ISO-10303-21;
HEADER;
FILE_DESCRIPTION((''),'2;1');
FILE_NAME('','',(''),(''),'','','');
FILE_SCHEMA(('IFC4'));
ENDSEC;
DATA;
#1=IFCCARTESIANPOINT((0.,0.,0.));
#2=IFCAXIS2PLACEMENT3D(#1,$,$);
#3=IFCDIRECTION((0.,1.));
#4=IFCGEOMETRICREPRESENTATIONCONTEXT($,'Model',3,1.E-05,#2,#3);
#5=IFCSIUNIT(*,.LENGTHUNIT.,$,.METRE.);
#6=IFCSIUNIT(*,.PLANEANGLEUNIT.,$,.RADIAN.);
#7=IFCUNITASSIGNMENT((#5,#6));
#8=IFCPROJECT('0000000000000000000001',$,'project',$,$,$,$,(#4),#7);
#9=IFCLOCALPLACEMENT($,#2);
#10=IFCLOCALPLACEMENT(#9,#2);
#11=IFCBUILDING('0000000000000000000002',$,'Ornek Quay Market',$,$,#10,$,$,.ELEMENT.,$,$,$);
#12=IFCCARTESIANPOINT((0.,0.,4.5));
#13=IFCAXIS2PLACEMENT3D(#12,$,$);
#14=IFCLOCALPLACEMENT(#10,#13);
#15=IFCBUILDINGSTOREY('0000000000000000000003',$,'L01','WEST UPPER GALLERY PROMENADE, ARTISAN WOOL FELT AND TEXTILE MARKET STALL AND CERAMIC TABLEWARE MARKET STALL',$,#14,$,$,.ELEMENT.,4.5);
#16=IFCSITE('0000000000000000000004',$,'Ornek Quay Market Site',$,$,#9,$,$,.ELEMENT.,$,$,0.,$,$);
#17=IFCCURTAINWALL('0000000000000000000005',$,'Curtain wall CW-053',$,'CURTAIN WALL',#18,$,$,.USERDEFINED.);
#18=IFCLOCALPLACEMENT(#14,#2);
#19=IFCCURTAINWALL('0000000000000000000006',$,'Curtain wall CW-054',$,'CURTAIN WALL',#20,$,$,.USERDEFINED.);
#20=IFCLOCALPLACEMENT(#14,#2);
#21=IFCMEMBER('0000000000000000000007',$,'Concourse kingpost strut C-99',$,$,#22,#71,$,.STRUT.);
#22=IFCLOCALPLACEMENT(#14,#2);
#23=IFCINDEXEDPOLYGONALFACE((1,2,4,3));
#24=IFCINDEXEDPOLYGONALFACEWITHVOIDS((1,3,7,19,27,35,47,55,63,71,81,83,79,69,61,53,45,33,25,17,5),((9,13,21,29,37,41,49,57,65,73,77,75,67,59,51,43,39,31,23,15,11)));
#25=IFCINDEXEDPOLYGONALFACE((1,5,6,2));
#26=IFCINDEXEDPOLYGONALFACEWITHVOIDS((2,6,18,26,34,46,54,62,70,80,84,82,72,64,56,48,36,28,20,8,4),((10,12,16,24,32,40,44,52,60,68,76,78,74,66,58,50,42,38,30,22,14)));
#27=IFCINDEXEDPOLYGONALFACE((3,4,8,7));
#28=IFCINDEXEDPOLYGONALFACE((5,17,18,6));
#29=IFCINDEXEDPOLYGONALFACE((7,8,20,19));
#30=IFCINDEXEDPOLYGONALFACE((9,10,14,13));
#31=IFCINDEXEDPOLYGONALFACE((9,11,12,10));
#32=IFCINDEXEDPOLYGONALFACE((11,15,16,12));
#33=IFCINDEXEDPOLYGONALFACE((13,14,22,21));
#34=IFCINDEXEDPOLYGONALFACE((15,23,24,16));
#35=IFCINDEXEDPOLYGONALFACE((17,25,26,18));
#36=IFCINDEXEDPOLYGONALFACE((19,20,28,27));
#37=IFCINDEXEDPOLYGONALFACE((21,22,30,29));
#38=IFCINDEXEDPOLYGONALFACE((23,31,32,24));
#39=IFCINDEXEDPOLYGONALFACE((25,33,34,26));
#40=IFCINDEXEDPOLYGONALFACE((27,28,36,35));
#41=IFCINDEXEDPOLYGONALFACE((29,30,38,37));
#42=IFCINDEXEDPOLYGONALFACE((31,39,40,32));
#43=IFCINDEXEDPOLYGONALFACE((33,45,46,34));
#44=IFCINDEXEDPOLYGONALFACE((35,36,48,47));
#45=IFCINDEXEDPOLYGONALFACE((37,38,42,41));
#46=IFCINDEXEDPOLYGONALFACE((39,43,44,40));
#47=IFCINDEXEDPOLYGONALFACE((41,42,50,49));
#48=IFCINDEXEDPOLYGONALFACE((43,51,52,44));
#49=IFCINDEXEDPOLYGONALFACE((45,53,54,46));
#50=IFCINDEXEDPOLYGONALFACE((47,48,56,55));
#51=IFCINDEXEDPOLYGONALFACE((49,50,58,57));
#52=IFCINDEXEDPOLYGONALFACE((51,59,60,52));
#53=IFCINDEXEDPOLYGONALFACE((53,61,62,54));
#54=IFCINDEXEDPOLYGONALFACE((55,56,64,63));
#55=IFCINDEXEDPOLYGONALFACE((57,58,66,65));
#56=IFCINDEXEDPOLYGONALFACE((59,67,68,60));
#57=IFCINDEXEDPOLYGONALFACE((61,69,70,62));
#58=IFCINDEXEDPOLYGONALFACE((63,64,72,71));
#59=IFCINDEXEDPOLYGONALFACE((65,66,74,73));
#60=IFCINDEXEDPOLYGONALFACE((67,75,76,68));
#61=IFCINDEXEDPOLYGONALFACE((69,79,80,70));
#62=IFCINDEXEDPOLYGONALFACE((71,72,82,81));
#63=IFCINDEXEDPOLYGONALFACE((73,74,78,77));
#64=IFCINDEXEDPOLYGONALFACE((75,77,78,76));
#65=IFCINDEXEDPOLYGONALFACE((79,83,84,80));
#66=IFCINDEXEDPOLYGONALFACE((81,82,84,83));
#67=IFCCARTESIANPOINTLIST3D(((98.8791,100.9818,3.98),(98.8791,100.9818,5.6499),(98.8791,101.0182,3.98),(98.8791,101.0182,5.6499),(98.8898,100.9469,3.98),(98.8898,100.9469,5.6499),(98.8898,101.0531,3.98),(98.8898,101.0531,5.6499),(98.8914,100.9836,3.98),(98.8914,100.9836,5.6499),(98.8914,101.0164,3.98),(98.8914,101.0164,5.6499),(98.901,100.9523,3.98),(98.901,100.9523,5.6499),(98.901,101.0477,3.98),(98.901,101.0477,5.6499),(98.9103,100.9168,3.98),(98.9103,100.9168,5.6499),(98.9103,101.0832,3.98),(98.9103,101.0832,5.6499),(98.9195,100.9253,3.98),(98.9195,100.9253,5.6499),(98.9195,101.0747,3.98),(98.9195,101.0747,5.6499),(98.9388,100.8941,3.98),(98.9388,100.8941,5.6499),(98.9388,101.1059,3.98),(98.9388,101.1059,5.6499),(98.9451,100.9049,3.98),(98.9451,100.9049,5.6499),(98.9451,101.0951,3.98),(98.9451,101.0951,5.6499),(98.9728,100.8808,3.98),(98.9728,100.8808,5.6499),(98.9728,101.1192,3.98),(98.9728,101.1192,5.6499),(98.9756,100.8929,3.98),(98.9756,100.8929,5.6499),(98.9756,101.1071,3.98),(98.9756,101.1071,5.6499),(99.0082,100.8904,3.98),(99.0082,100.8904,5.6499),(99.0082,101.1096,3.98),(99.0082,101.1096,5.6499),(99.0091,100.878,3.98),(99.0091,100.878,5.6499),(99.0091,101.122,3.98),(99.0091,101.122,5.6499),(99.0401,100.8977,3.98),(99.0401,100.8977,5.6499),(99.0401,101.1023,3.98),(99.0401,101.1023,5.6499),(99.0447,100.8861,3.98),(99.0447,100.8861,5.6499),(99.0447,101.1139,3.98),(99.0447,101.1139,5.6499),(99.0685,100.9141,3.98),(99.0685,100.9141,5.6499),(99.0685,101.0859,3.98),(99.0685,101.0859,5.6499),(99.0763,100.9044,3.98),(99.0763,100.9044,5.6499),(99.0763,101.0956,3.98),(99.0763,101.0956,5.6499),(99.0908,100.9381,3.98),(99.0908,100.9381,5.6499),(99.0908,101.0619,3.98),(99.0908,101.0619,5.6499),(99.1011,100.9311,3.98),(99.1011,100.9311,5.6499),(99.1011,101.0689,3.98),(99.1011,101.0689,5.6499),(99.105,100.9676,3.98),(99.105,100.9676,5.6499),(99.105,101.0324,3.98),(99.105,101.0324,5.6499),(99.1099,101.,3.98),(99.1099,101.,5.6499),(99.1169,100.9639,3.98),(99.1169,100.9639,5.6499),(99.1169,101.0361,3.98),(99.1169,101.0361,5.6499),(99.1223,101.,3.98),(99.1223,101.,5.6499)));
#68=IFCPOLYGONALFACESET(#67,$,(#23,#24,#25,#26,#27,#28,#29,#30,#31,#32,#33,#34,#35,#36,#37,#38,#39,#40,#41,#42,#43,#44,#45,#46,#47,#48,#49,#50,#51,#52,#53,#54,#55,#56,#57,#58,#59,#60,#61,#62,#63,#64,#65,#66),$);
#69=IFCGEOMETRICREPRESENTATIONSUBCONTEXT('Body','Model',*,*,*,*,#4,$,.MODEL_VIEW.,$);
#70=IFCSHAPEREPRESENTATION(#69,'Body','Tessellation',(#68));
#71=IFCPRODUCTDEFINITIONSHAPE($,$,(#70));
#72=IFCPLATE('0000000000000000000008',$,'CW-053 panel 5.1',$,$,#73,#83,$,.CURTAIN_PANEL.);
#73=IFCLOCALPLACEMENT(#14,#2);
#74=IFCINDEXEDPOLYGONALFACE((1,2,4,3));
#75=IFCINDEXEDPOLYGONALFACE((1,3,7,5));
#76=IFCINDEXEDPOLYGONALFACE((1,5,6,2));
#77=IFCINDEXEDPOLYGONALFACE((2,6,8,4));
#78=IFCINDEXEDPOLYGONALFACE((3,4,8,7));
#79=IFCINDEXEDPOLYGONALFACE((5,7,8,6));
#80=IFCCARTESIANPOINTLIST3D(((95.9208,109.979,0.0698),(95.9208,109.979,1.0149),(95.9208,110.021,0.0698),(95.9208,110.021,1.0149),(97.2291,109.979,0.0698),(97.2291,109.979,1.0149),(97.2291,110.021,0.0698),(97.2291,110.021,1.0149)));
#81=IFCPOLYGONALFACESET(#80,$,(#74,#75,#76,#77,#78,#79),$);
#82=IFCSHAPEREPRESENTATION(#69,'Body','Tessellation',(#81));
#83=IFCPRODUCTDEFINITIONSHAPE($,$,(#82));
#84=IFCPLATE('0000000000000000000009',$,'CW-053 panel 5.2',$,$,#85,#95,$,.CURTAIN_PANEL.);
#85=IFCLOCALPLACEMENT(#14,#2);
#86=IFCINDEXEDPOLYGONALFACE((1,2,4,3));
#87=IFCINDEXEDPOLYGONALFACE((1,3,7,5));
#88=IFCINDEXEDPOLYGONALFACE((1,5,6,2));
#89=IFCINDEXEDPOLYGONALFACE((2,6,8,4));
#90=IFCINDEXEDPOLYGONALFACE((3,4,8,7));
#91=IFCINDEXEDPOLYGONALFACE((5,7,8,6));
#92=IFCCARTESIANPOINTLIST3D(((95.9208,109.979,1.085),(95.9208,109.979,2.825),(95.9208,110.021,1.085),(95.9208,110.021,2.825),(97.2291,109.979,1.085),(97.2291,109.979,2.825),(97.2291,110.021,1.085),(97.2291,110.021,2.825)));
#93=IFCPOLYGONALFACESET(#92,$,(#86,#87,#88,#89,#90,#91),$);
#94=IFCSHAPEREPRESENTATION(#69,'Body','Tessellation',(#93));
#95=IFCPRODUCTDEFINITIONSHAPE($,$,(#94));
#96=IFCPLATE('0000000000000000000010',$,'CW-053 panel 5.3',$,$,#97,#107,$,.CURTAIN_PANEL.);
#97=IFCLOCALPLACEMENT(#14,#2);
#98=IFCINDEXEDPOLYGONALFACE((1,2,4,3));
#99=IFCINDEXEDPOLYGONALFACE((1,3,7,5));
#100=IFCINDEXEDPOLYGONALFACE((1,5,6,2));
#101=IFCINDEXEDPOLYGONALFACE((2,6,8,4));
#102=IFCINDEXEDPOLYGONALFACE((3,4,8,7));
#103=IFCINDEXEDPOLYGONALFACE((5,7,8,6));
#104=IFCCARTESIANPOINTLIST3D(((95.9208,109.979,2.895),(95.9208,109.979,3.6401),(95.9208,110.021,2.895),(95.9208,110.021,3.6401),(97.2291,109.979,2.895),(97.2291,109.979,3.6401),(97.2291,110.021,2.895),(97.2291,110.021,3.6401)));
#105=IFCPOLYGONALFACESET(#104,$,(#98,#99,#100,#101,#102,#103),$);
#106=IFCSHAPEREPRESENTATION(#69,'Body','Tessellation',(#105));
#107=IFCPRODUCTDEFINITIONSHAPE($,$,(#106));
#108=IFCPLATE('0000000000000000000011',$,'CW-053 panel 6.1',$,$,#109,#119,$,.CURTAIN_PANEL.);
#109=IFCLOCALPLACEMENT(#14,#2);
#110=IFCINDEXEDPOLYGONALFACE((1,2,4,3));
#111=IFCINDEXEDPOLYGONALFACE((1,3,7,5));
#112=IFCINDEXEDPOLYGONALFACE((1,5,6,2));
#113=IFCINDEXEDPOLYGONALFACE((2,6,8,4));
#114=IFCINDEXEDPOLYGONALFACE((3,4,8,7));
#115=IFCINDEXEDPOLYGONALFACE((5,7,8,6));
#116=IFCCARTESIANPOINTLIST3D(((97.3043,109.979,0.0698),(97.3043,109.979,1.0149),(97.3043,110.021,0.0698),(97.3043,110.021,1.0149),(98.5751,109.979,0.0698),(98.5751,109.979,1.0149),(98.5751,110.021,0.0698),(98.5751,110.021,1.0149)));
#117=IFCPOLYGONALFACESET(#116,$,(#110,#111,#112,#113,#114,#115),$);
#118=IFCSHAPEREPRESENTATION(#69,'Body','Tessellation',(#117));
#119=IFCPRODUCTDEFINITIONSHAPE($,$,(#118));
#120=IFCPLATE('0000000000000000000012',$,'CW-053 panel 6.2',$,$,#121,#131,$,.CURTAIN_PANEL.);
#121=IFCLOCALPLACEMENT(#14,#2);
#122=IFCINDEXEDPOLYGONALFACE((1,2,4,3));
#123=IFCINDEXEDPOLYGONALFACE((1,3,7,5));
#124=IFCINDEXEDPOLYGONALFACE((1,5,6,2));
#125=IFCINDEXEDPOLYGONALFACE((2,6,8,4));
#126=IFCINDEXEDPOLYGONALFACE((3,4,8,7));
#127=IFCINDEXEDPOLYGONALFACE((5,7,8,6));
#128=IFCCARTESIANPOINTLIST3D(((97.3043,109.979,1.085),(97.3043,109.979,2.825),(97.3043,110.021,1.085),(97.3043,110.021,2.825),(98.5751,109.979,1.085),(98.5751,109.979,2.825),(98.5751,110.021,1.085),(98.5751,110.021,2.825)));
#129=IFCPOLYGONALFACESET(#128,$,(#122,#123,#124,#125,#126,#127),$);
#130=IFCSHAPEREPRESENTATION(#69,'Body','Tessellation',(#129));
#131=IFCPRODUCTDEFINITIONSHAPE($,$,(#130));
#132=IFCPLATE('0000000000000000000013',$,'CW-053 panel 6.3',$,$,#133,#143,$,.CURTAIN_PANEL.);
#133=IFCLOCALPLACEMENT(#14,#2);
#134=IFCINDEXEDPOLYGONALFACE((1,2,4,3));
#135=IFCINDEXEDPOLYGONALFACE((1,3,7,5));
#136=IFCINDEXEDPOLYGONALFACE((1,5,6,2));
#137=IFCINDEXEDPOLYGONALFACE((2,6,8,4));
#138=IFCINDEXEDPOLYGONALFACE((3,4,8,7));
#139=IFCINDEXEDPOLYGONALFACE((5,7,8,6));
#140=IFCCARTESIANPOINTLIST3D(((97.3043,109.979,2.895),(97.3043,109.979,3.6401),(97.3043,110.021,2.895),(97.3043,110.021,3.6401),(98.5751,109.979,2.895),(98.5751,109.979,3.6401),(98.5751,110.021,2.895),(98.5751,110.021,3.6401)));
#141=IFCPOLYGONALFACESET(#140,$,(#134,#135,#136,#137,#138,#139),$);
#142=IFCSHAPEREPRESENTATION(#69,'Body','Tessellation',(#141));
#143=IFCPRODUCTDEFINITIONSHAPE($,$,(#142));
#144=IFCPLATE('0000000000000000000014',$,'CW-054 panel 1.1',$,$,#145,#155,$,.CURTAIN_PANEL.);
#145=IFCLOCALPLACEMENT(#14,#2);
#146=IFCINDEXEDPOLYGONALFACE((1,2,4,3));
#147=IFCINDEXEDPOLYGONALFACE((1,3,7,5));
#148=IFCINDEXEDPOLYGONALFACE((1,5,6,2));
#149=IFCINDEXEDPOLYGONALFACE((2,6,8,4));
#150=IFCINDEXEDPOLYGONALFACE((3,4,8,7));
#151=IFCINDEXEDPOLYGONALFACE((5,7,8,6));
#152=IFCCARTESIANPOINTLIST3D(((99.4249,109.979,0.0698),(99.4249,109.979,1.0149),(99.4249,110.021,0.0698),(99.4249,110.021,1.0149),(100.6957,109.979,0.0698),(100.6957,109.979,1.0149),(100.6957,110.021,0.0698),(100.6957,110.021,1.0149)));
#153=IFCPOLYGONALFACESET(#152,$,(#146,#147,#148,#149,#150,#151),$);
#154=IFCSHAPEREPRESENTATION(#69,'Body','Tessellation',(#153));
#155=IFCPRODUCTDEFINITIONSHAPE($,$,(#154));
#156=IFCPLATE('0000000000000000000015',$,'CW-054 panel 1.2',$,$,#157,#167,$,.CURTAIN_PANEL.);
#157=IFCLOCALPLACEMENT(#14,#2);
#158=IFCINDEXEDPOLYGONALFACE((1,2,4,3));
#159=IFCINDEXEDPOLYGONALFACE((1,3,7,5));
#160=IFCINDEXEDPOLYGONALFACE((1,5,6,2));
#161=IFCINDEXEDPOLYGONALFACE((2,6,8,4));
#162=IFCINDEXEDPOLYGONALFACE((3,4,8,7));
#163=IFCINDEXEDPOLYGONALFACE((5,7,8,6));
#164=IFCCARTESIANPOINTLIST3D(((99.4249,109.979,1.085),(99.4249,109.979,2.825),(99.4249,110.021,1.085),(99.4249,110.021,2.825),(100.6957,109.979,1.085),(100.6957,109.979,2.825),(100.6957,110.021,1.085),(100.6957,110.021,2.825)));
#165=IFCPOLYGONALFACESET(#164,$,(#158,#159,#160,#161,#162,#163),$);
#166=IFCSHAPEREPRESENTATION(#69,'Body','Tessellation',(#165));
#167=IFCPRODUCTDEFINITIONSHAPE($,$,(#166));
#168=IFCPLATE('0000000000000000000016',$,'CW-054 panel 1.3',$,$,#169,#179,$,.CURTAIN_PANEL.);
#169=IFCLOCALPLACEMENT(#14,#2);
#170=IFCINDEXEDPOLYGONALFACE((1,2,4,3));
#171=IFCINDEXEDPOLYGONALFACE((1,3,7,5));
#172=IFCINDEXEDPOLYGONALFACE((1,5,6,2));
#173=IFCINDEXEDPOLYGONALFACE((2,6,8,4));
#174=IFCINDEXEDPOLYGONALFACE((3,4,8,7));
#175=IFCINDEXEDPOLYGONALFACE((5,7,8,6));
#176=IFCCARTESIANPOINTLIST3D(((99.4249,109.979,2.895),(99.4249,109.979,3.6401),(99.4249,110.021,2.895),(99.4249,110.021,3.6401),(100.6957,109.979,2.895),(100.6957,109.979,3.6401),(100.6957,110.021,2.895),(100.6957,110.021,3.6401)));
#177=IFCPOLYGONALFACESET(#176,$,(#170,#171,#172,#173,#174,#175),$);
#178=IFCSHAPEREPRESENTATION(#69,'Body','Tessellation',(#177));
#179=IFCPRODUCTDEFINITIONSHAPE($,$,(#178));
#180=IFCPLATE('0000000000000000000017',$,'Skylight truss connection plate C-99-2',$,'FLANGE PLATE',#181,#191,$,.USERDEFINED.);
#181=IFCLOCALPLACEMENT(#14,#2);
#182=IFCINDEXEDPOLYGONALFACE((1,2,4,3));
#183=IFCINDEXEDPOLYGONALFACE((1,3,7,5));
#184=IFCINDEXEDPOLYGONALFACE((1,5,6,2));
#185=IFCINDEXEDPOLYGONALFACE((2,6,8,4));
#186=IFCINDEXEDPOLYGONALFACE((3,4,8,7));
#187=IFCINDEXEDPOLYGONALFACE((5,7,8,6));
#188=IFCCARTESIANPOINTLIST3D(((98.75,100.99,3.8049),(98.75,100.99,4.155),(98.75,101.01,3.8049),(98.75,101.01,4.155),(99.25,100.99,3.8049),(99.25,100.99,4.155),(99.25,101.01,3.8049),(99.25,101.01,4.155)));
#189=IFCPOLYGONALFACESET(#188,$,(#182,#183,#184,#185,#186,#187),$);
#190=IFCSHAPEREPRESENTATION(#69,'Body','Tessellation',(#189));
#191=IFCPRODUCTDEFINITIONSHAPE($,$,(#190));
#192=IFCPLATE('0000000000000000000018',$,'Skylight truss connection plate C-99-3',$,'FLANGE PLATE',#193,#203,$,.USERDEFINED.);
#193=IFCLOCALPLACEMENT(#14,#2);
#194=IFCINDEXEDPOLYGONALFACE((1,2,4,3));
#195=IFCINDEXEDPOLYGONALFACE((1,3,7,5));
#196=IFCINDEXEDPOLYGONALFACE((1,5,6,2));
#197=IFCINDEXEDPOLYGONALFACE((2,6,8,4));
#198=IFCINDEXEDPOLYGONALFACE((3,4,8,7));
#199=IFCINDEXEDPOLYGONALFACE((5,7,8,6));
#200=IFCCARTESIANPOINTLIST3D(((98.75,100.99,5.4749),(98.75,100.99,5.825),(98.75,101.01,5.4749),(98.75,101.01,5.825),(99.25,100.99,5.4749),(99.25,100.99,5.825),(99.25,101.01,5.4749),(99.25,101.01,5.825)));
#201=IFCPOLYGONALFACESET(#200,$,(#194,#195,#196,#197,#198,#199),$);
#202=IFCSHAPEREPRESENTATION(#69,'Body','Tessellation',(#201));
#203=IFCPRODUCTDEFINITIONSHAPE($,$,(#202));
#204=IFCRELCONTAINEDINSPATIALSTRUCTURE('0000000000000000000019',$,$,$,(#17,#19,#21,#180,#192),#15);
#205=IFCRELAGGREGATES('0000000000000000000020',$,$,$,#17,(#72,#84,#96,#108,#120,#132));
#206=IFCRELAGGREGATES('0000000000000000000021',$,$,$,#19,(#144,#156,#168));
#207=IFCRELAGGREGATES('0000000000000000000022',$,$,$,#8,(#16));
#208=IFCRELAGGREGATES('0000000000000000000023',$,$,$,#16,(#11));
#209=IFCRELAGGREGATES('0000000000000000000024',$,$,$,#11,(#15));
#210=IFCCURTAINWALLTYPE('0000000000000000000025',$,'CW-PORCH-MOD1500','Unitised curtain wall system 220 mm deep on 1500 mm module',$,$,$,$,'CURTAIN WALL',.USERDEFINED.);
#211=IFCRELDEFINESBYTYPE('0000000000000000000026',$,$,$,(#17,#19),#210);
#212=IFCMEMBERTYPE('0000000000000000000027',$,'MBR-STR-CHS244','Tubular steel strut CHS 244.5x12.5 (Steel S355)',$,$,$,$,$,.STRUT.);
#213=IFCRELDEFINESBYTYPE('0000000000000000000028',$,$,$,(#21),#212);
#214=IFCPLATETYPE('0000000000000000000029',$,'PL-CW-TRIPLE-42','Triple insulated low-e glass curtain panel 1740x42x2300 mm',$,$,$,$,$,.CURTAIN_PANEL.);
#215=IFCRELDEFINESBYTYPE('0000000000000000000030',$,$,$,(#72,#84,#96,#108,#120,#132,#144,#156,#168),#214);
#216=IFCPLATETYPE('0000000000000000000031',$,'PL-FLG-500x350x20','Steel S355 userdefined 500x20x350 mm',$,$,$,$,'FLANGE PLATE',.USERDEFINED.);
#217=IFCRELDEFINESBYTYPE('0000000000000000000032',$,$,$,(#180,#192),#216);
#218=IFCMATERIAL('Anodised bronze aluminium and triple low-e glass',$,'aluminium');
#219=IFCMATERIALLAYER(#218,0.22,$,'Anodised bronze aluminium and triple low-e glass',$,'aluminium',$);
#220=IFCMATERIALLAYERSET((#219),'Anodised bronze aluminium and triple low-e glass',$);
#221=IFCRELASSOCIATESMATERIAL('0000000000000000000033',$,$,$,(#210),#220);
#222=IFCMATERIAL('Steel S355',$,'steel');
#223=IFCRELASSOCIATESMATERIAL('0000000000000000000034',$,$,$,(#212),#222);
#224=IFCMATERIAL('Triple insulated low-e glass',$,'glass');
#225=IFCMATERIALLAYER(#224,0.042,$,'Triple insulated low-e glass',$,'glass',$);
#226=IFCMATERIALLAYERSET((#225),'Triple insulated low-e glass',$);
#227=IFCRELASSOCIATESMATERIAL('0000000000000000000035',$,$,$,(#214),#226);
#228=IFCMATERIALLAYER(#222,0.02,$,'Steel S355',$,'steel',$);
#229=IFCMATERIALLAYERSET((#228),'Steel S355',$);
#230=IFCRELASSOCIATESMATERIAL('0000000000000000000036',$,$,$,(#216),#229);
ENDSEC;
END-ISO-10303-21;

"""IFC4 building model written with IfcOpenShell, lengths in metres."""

from ifc_helpers import new_model, si_unit, direction, frame, origin, origin_2d, place, context, subcontext, project, spatial, rectangle, hollow_circle, extrude, material, layer, layer_set, material_profile, profile_set, type_object, element, aggregate, save


model = new_model("IFC4")

# Units and contexts
model_context = context("Model", 3, precision=1e-05, world=origin(), true_north=direction((0.0, 1.0)))
body_context = subcontext(model_context, "Body", "Model", "MODEL_VIEW")
ifc_project = project(units=[si_unit("LENGTHUNIT", "METRE"), si_unit("PLANEANGLEUNIT", "RADIAN")], contexts=[model_context])

# Site, building, storey
site_placement = place(None, origin())
site = spatial("IfcSite", under=ifc_project, at=site_placement, Name="Ornek Quay Market Site", CompositionType="ELEMENT", RefElevation=0.0)
building_placement = place(site_placement, origin())
building = spatial("IfcBuilding", under=site, at=building_placement, Name="Ornek Quay Market", CompositionType="ELEMENT")
storey_placement = place(building_placement, frame((0.0, 0.0, 4.5)))
storey = spatial("IfcBuildingStorey", under=building, at=storey_placement, Name="L01", Description="WEST UPPER GALLERY PROMENADE, ARTISAN WOOL FELT AND TEXTILE MARKET STALL AND CERAMIC TABLEWARE MARKET STALL", CompositionType="ELEMENT", Elevation=4.5)

# Curtain walls
ifc_material_1 = material(Name="Anodised bronze aluminium and triple low-e glass", Category="aluminium")
ifc_layer_1 = layer(ifc_material_1, 0.22, Name="Anodised bronze aluminium and triple low-e glass", Category="aluminium")
ifc_layer_set_1 = layer_set([ifc_layer_1], Name="Anodised bronze aluminium and triple low-e glass")
curtain_wall_type = type_object("IfcCurtainWallType", Name="CW-PORCH-MOD1500", Description="Unitised curtain wall system 220 mm deep on 1500 mm module", ElementType="CURTAIN WALL", PredefinedType="USERDEFINED", material=ifc_layer_set_1)
curtain_wall_1_placement = place(storey_placement, origin())
curtain_wall_1 = element("IfcCurtainWall", 1, at=curtain_wall_1_placement, inside=storey, type_object=curtain_wall_type, Name="Curtain wall CW-053", ObjectType="CURTAIN WALL", PredefinedType="USERDEFINED")
curtain_wall_2_placement = place(storey_placement, origin())
curtain_wall_2 = element("IfcCurtainWall", 2, at=curtain_wall_2_placement, inside=storey, type_object=curtain_wall_type, Name="Curtain wall CW-054", ObjectType="CURTAIN WALL", PredefinedType="USERDEFINED")

# Member
ifc_material_2 = material(Name="Steel S355", Category="steel")
ifc_material_profile_1 = material_profile(ifc_material_2, hollow_circle(Radius=0.1223, WallThickness=0.0125, at=origin_2d()), Name="CHS 244.5x12.5", Category="steel")
ifc_profile_set_1 = profile_set([ifc_material_profile_1], Name="Steel S355")
member_type_1 = type_object("IfcMemberType", Name="MBR-STR-CHS244", Description="Tubular steel strut CHS 244.5x12.5 (Steel S355)", PredefinedType="STRUT", material=ifc_profile_set_1)
member_1_placement = place(storey_placement, frame((99.0, 101.0, 3.98), z_axis=(0.0, 0.0, 1.0), x_axis=(1.0, 0.0, 0.0)))
element("IfcMember", 3, at=member_1_placement, inside=storey, type_object=member_type_1, Name="Concourse kingpost strut C-99", PredefinedType="STRUT", context=body_context, shape_type="SweptSolid", body=[
    extrude(hollow_circle(Radius=0.1223, WallThickness=0.0125, at=origin_2d()), origin(), (0.0, 0.0, 1.0), 1.6699),
])

# Plates
ifc_material_3 = material(Name="Triple insulated low-e glass", Category="glass")
ifc_layer_2 = layer(ifc_material_3, 0.042, Name="Triple insulated low-e glass", Category="glass")
ifc_layer_set_2 = layer_set([ifc_layer_2], Name="Triple insulated low-e glass")
plate_type_1 = type_object("IfcPlateType", Name="PL-CW-TRIPLE-42", Description="Triple insulated low-e glass curtain panel 1740x42x2300 mm", PredefinedType="CURTAIN_PANEL", material=ifc_layer_set_2)
plate_1_placement = place(storey_placement, frame((96.575, 110.0, 0.0698), z_axis=(0.0, 0.0, 1.0), x_axis=(1.0, 0.0, 0.0)))
plate_1 = element("IfcPlate", 4, at=plate_1_placement, type_object=plate_type_1, Name="CW-053 panel 5.1", PredefinedType="CURTAIN_PANEL", context=body_context, shape_type="SweptSolid", body=[
    extrude(rectangle(XDim=1.3083, YDim=0.042, at=origin_2d()), origin(), (0.0, 0.0, 1.0), 0.9451),
])
plate_2_placement = place(storey_placement, frame((96.575, 110.0, 1.085), z_axis=(0.0, 0.0, 1.0), x_axis=(1.0, 0.0, 0.0)))
plate_2 = element("IfcPlate", 5, at=plate_2_placement, type_object=plate_type_1, Name="CW-053 panel 5.2", PredefinedType="CURTAIN_PANEL", context=body_context, shape_type="SweptSolid", body=[
    extrude(rectangle(XDim=1.3083, YDim=0.042, at=origin_2d()), origin(), (0.0, 0.0, 1.0), 1.74),
])
plate_3_placement = place(storey_placement, frame((96.575, 110.0, 2.895), z_axis=(0.0, 0.0, 1.0), x_axis=(1.0, 0.0, 0.0)))
plate_3 = element("IfcPlate", 6, at=plate_3_placement, type_object=plate_type_1, Name="CW-053 panel 5.3", PredefinedType="CURTAIN_PANEL", context=body_context, shape_type="SweptSolid", body=[
    extrude(rectangle(XDim=1.3083, YDim=0.042, at=origin_2d()), origin(), (0.0, 0.0, 1.0), 0.7451),
])
plate_4_placement = place(storey_placement, frame((97.9397, 110.0, 0.0698), z_axis=(0.0, 0.0, 1.0), x_axis=(1.0, 0.0, 0.0)))
plate_4 = element("IfcPlate", 7, at=plate_4_placement, type_object=plate_type_1, Name="CW-053 panel 6.1", PredefinedType="CURTAIN_PANEL", context=body_context, shape_type="SweptSolid", body=[
    extrude(rectangle(XDim=1.2708, YDim=0.042, at=origin_2d()), origin(), (0.0, 0.0, 1.0), 0.9451),
])
plate_5_placement = place(storey_placement, frame((97.9397, 110.0, 1.085), z_axis=(0.0, 0.0, 1.0), x_axis=(1.0, 0.0, 0.0)))
plate_5 = element("IfcPlate", 8, at=plate_5_placement, type_object=plate_type_1, Name="CW-053 panel 6.2", PredefinedType="CURTAIN_PANEL", context=body_context, shape_type="SweptSolid", body=[
    extrude(rectangle(XDim=1.2708, YDim=0.042, at=origin_2d()), origin(), (0.0, 0.0, 1.0), 1.74),
])
plate_6_placement = place(storey_placement, frame((97.9397, 110.0, 2.895), z_axis=(0.0, 0.0, 1.0), x_axis=(1.0, 0.0, 0.0)))
plate_6 = element("IfcPlate", 9, at=plate_6_placement, type_object=plate_type_1, Name="CW-053 panel 6.3", PredefinedType="CURTAIN_PANEL", context=body_context, shape_type="SweptSolid", body=[
    extrude(rectangle(XDim=1.2708, YDim=0.042, at=origin_2d()), origin(), (0.0, 0.0, 1.0), 0.7451),
])
aggregate(curtain_wall_1, [plate_1, plate_2, plate_3, plate_4, plate_5, plate_6])
plate_7_placement = place(storey_placement, frame((100.0603, 110.0, 0.0698), z_axis=(0.0, 0.0, 1.0), x_axis=(1.0, 0.0, 0.0)))
plate_7 = element("IfcPlate", 10, at=plate_7_placement, type_object=plate_type_1, Name="CW-054 panel 1.1", PredefinedType="CURTAIN_PANEL", context=body_context, shape_type="SweptSolid", body=[
    extrude(rectangle(XDim=1.2708, YDim=0.042, at=origin_2d()), origin(), (0.0, 0.0, 1.0), 0.9451),
])
plate_8_placement = place(storey_placement, frame((100.0603, 110.0, 1.085), z_axis=(0.0, 0.0, 1.0), x_axis=(1.0, 0.0, 0.0)))
plate_8 = element("IfcPlate", 11, at=plate_8_placement, type_object=plate_type_1, Name="CW-054 panel 1.2", PredefinedType="CURTAIN_PANEL", context=body_context, shape_type="SweptSolid", body=[
    extrude(rectangle(XDim=1.2708, YDim=0.042, at=origin_2d()), origin(), (0.0, 0.0, 1.0), 1.74),
])
plate_9_placement = place(storey_placement, frame((100.0603, 110.0, 2.895), z_axis=(0.0, 0.0, 1.0), x_axis=(1.0, 0.0, 0.0)))
plate_9 = element("IfcPlate", 12, at=plate_9_placement, type_object=plate_type_1, Name="CW-054 panel 1.3", PredefinedType="CURTAIN_PANEL", context=body_context, shape_type="SweptSolid", body=[
    extrude(rectangle(XDim=1.2708, YDim=0.042, at=origin_2d()), origin(), (0.0, 0.0, 1.0), 0.7451),
])
aggregate(curtain_wall_2, [plate_7, plate_8, plate_9])

# Plates
ifc_layer_3 = layer(ifc_material_2, 0.02, Name="Steel S355", Category="steel")
ifc_layer_set_3 = layer_set([ifc_layer_3], Name="Steel S355")
plate_type_2 = type_object("IfcPlateType", Name="PL-FLG-500x350x20", Description="Steel S355 userdefined 500x20x350 mm", ElementType="FLANGE PLATE", PredefinedType="USERDEFINED", material=ifc_layer_set_3)
for number, where, z_axis, x_axis, name in (
    (13, (99.0, 101.0, 3.8049), (0.0, 0.0, 1.0), (1.0, 0.0, 0.0), "Skylight truss connection plate C-99-2"),
    (14, (99.0, 101.0, 5.4749), (0.0, 0.0, 1.0), (1.0, 0.0, 0.0), "Skylight truss connection plate C-99-3"),
):
    element("IfcPlate", number, at=place(storey_placement, frame(where, z_axis=z_axis, x_axis=x_axis)), inside=storey, type_object=plate_type_2, Name=name, ObjectType="FLANGE PLATE", PredefinedType="USERDEFINED", context=body_context, shape_type="SweptSolid", body=[
        extrude(rectangle(XDim=0.5, YDim=0.02, at=origin_2d()), origin(), (0.0, 0.0, 1.0), 0.3501),
    ])

save(model, "model.ifc")
